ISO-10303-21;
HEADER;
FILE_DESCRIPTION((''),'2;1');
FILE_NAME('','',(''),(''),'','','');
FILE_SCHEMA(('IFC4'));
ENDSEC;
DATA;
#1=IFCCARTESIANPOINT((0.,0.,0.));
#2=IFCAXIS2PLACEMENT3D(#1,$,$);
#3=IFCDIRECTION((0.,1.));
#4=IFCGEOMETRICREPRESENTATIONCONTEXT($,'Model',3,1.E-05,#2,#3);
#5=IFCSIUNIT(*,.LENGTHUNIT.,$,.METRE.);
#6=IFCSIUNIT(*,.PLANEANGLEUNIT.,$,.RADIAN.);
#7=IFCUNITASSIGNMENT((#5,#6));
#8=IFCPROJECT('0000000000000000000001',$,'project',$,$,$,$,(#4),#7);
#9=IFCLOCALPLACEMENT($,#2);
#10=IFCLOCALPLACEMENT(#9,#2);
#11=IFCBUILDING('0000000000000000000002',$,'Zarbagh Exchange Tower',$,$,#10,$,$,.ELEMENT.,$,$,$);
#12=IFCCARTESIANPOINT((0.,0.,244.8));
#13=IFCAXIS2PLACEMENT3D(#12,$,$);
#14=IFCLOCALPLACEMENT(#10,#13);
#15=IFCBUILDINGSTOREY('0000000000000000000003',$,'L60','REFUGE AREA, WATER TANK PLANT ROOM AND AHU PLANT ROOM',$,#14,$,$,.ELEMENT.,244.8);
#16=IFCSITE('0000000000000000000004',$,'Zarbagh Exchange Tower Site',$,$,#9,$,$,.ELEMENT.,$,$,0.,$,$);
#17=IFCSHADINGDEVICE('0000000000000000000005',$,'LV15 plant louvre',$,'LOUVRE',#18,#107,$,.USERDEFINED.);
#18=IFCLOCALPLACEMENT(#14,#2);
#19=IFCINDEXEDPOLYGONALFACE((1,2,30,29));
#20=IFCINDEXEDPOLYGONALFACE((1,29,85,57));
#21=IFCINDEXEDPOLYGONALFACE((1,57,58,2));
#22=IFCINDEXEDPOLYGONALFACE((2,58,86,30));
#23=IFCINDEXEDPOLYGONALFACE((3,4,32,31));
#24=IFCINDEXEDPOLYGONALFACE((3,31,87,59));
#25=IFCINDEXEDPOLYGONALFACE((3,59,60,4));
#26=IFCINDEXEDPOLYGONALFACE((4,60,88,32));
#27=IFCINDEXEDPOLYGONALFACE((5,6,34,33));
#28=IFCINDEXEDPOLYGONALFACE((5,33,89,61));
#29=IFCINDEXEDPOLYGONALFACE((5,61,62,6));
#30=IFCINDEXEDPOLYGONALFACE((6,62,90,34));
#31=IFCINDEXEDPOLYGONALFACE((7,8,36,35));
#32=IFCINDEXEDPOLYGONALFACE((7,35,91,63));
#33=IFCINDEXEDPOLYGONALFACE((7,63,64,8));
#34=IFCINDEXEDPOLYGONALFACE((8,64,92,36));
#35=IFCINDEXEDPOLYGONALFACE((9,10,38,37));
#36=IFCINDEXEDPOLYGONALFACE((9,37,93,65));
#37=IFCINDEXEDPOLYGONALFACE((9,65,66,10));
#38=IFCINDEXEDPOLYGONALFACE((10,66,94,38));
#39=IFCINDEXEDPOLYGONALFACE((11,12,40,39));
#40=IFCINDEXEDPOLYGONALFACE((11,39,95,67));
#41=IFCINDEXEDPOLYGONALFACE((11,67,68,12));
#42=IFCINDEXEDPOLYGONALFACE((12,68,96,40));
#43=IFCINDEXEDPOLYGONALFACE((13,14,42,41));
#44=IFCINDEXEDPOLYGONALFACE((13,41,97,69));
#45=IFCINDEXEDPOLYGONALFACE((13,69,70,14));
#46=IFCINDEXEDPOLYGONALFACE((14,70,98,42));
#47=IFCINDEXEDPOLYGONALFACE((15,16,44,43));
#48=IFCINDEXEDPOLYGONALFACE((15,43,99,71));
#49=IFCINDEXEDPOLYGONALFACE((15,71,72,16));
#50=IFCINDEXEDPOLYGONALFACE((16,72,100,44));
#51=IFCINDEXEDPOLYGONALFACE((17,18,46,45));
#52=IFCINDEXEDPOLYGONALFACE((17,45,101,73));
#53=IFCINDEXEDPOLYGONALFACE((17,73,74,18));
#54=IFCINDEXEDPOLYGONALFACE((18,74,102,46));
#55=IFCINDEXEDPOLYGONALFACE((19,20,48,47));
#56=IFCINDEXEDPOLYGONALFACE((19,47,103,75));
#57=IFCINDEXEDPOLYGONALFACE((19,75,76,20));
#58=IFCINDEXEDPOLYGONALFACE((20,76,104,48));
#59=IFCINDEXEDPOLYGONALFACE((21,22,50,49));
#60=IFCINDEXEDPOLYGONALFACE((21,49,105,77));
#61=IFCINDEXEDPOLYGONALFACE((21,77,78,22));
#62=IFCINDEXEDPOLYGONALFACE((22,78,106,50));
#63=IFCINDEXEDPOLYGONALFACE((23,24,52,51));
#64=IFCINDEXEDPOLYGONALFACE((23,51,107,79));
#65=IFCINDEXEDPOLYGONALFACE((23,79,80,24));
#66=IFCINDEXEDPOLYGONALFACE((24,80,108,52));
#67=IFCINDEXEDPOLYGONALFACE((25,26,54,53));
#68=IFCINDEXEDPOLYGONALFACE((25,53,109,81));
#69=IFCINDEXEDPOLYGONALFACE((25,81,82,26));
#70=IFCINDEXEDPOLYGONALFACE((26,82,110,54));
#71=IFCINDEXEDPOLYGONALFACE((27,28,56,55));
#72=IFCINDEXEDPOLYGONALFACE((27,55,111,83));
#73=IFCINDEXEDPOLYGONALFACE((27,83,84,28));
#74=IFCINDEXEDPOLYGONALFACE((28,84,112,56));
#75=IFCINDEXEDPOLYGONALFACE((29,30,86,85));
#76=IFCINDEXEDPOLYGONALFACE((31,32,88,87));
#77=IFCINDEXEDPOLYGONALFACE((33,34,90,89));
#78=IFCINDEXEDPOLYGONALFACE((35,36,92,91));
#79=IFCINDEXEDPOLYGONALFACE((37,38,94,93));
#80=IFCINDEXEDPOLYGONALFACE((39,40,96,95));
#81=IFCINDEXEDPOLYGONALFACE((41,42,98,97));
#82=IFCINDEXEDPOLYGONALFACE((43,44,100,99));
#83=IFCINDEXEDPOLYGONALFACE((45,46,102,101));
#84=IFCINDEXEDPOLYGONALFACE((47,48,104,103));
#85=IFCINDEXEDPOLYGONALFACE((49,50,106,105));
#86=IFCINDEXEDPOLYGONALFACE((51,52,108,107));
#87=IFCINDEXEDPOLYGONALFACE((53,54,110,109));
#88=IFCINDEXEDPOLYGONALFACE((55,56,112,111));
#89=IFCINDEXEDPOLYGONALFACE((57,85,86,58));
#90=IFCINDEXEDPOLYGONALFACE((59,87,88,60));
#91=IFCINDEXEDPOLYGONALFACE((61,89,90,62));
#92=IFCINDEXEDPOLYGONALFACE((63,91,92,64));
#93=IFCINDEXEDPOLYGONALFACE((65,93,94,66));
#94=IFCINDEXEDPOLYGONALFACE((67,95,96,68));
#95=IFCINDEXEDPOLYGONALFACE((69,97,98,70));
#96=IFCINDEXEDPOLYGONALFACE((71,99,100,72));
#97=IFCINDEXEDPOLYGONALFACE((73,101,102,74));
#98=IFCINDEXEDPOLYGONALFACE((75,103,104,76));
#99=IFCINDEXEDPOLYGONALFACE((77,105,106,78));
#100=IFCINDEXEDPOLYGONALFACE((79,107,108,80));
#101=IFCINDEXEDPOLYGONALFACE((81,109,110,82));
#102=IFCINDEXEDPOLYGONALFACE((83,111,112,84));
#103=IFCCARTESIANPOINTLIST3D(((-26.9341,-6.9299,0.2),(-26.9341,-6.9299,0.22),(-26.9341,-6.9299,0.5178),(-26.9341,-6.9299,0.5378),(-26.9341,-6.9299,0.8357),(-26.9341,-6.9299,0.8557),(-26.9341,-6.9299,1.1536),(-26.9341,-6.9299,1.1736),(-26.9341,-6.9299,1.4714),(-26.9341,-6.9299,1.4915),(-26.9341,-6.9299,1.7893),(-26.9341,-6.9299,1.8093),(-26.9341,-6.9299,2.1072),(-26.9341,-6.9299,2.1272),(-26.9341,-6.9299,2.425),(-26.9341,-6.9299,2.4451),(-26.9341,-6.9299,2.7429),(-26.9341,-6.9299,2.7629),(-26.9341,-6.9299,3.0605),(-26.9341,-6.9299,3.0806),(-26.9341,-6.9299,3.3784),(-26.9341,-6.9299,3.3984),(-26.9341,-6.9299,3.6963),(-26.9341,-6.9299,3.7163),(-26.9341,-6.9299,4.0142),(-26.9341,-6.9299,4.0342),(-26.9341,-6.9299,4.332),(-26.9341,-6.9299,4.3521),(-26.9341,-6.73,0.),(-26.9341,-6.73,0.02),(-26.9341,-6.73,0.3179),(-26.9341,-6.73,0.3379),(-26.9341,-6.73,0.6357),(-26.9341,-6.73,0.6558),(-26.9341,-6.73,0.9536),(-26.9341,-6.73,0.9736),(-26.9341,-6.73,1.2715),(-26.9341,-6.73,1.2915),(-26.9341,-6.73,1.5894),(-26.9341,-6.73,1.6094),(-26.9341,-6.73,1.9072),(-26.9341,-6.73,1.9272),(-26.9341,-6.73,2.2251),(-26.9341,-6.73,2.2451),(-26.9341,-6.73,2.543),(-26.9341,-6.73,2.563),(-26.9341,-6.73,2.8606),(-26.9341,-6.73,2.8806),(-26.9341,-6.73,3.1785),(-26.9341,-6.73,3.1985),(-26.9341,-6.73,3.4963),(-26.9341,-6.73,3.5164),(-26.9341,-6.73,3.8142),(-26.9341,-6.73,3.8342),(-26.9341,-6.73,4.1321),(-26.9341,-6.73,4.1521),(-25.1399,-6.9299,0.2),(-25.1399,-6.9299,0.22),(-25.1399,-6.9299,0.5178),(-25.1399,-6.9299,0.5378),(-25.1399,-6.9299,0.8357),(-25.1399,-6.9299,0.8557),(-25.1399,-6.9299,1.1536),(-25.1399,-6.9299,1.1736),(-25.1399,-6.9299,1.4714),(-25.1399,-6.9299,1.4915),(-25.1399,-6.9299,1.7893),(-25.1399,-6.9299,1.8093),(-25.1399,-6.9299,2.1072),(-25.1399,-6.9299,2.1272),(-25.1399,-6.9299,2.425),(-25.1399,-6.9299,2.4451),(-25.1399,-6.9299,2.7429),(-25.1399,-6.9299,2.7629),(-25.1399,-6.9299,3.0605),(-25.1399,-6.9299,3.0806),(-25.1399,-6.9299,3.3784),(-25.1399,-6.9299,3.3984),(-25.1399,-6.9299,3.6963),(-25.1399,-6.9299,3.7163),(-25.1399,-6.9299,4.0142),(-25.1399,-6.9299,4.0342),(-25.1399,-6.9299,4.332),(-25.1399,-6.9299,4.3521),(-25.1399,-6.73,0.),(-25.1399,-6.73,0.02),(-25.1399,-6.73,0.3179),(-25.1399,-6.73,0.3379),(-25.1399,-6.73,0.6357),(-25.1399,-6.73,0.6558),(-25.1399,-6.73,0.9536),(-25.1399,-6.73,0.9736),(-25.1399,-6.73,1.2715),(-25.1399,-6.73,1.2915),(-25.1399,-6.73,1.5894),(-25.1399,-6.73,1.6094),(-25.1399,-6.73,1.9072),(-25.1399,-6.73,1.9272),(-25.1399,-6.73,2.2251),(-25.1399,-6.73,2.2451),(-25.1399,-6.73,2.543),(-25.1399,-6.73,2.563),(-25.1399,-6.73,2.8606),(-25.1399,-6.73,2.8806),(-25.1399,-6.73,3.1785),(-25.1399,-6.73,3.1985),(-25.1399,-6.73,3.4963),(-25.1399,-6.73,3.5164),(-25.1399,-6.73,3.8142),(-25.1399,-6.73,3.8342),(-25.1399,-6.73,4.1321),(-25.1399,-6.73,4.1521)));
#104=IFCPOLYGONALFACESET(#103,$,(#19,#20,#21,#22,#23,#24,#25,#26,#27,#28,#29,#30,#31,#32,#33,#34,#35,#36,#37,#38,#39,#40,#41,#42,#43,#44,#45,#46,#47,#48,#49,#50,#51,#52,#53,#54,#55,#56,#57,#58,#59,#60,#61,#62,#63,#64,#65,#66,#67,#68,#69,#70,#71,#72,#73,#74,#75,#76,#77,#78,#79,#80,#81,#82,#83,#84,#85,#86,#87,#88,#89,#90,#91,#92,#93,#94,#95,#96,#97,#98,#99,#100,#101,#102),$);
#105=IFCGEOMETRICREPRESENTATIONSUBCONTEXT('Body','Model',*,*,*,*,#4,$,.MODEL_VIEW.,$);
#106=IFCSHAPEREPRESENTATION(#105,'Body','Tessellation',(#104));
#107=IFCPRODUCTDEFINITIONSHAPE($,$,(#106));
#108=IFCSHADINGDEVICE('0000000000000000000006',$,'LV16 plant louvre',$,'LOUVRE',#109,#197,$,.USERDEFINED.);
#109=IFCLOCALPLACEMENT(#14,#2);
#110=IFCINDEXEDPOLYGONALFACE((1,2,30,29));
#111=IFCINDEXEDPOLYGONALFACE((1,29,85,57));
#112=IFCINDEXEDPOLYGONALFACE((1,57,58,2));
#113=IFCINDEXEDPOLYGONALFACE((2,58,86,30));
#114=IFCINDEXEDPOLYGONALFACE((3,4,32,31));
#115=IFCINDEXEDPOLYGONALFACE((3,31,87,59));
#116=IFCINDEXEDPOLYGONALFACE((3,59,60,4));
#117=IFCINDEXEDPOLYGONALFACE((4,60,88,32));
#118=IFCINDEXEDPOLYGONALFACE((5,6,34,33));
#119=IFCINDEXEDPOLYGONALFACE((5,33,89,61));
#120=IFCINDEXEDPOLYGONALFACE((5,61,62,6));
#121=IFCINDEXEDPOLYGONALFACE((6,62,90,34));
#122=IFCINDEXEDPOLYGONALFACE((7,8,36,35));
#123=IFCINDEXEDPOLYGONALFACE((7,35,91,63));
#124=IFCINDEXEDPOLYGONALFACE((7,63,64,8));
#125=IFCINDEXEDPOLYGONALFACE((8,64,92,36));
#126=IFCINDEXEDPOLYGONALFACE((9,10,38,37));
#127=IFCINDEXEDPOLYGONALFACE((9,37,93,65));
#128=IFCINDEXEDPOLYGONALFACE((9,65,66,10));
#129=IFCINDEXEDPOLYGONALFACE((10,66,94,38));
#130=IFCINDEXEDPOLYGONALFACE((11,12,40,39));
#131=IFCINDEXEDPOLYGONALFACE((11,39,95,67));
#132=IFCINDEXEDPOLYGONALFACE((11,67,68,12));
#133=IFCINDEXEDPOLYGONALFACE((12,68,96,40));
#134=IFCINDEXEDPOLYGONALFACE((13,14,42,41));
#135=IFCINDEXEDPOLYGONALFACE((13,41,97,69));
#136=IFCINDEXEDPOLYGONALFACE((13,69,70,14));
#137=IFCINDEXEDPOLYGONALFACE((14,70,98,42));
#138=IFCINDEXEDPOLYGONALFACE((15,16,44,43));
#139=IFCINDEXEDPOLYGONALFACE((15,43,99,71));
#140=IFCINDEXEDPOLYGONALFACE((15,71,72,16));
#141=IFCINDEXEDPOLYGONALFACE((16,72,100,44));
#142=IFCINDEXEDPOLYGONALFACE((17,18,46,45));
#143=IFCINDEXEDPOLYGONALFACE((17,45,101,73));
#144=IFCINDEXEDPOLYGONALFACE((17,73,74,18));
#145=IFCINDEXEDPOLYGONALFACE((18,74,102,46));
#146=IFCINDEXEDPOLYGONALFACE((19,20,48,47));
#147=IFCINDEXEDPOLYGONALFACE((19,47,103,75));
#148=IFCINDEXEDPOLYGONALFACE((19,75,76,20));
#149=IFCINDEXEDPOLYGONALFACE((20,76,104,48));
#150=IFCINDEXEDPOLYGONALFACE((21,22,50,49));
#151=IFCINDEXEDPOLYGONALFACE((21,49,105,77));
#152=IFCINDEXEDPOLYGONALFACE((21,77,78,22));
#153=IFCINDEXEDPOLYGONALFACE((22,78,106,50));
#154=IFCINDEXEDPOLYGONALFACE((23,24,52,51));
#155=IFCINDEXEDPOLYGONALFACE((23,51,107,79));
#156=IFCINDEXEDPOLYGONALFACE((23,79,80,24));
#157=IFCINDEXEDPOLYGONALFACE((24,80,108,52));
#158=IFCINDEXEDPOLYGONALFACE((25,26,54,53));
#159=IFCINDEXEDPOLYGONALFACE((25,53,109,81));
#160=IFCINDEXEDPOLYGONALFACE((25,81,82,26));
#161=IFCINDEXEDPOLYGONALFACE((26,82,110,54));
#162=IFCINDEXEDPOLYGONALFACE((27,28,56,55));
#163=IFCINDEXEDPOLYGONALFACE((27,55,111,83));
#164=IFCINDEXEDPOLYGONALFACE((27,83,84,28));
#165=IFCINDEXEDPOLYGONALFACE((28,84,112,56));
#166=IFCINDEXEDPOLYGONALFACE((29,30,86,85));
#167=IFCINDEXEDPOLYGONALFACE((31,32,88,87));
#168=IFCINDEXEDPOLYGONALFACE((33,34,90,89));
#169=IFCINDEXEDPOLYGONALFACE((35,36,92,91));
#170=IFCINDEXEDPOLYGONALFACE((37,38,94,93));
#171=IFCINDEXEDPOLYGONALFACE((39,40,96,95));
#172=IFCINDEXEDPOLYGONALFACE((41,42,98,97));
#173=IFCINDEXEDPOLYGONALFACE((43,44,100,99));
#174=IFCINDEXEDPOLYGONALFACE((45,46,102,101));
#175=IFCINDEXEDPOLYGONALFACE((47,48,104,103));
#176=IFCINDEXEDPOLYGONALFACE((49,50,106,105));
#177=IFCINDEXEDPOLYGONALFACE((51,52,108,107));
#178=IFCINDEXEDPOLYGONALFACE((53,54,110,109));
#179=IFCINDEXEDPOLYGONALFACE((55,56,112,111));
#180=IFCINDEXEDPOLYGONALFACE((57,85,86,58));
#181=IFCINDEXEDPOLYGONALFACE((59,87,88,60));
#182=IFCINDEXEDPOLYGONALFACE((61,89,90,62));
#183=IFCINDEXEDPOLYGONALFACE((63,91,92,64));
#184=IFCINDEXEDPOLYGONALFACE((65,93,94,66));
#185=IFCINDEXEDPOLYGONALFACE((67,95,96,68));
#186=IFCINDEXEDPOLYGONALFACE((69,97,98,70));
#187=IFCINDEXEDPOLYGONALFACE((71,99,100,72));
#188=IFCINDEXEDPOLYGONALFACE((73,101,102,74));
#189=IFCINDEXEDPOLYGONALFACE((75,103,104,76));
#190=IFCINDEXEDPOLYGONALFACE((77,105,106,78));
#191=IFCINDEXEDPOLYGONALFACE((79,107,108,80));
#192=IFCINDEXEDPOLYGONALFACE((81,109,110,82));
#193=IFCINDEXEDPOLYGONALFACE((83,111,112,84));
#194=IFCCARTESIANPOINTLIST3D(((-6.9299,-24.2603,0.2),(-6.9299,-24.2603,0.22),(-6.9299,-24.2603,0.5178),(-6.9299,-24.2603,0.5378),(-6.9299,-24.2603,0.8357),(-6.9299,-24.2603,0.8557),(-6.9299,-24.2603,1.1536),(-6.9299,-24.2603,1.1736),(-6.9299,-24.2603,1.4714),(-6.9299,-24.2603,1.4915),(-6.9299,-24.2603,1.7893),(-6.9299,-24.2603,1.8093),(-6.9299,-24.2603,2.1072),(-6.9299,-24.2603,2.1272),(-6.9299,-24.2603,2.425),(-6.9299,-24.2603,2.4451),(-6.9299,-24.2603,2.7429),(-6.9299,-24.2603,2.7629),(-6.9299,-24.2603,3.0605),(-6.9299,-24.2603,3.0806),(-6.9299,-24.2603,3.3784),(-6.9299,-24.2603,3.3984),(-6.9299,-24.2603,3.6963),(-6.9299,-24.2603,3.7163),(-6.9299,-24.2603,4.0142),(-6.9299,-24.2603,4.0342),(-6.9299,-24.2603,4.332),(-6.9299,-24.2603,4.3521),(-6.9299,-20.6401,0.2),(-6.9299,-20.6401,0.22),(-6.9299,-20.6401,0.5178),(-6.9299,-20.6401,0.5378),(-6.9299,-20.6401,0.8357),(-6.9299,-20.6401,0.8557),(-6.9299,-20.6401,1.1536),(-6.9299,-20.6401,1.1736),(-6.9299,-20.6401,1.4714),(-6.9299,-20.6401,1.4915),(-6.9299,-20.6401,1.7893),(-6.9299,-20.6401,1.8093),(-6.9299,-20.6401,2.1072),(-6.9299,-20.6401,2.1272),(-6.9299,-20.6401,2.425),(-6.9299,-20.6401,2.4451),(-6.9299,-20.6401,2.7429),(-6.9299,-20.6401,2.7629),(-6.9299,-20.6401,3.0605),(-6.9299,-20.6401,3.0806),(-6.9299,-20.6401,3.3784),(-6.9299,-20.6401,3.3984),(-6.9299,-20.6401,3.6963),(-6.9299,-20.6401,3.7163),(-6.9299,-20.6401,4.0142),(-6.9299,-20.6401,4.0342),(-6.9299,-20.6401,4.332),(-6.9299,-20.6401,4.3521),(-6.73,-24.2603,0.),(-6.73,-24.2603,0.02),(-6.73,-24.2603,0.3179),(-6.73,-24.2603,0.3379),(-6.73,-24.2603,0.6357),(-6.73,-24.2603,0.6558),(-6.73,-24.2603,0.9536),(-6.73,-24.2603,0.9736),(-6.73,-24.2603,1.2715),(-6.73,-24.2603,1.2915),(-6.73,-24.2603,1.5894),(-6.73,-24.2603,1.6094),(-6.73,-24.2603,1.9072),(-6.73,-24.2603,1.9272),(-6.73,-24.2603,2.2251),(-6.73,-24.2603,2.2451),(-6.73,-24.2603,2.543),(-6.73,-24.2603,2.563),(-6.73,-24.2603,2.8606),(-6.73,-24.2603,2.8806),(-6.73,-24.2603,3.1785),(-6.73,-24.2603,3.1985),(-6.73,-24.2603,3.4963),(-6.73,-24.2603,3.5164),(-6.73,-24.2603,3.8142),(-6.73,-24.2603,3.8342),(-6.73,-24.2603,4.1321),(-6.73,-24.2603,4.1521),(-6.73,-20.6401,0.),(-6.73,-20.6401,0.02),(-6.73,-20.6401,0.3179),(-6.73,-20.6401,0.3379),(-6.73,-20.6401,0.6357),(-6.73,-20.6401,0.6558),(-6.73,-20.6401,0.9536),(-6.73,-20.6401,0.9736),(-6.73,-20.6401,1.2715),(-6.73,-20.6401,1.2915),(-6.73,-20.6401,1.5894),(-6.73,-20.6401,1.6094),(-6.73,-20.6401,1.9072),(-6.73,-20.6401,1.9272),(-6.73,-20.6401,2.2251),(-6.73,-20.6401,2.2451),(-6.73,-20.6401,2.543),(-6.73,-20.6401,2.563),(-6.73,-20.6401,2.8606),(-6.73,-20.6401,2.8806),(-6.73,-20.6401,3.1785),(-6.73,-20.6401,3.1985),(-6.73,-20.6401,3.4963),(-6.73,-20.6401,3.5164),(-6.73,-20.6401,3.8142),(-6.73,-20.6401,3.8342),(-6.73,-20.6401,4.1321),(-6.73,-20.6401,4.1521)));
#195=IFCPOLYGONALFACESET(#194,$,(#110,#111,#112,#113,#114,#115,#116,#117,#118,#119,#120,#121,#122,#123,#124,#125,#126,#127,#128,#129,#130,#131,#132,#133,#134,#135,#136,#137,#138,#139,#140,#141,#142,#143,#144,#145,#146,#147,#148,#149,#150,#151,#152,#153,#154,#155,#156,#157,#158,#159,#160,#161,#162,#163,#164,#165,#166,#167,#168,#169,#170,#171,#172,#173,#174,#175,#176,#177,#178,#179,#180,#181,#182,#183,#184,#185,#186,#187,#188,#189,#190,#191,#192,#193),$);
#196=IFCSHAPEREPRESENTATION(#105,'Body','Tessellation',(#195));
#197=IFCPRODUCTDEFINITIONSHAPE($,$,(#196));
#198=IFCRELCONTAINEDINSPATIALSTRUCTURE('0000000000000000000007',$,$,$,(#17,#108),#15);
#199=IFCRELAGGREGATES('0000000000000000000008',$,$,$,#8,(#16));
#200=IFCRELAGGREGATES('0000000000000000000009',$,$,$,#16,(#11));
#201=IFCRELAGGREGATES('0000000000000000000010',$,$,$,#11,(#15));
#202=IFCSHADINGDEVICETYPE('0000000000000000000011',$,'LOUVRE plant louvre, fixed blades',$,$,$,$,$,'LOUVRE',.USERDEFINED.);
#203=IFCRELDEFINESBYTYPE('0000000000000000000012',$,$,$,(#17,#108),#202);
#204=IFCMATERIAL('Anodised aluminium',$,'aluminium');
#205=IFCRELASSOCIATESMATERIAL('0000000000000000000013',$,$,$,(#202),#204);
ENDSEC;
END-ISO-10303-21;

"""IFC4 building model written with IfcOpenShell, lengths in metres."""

from ifc_helpers import new_model, si_unit, direction, frame, origin, place, context, subcontext, project, spatial, polyline, outline, extrude, source, transform, mapped, material, type_object, element, save


model = new_model("IFC4")

# Units and contexts
model_context = context("Model", 3, precision=1e-05, world=origin(), true_north=direction((0.0, 1.0)))
body_context = subcontext(model_context, "Body", "Model", "MODEL_VIEW")
ifc_project = project(units=[si_unit("LENGTHUNIT", "METRE"), si_unit("PLANEANGLEUNIT", "RADIAN")], contexts=[model_context])

# Site, building, storey
site_placement = place(None, origin())
site = spatial("IfcSite", under=ifc_project, at=site_placement, Name="Zarbagh Exchange Tower Site", CompositionType="ELEMENT", RefElevation=0.0)
building_placement = place(site_placement, origin())
building = spatial("IfcBuilding", under=site, at=building_placement, Name="Zarbagh Exchange Tower", CompositionType="ELEMENT")
storey_placement = place(building_placement, frame((0.0, 0.0, 244.8)))
storey = spatial("IfcBuildingStorey", under=building, at=storey_placement, Name="L60", Description="REFUGE AREA, WATER TANK PLANT ROOM AND AHU PLANT ROOM", CompositionType="ELEMENT", Elevation=244.8)

# Shared definitions
placement = place(storey_placement, origin())

# Shading device
ifc_material_1 = material(Name="Anodised aluminium", Category="aluminium")
shading_device_type = type_object("IfcShadingDeviceType", Name="LOUVRE plant louvre, fixed blades", ElementType="LOUVRE", PredefinedType="USERDEFINED", material=ifc_material_1)
shared_shape_1 = source(origin(), body_context, "Body", "SweptSolid", [
    extrude(outline(polyline([(0.0, 0.2), (0.2, 0.0), (0.2, -0.02), (0.0, 0.1799), (0.0, 0.2)])), origin(), (0.0, 0.0, 1.0), 1.7942),
])
element("IfcShadingDevice", 1, at=placement, inside=storey, type_object=shading_device_type, Name="LV15 plant louvre", ObjectType="LOUVRE", PredefinedType="USERDEFINED", context=body_context, shape_type="MappedRepresentation", body=[
    mapped(shared_shape_1, transform((-26.9341, -6.73, 0.2), x_axis=(0.0, -1.0, 0.0), y_axis=(0.0, 0.0, -1.0), z_axis=(1.0, 0.0, 0.0))),
    mapped(shared_shape_1, transform((-26.9341, -6.73, 0.5178), x_axis=(0.0, -1.0, 0.0), y_axis=(0.0, 0.0, -1.0), z_axis=(1.0, 0.0, 0.0))),
    mapped(shared_shape_1, transform((-26.9341, -6.73, 0.8357), x_axis=(0.0, -1.0, 0.0), y_axis=(0.0, 0.0, -1.0), z_axis=(1.0, 0.0, 0.0))),
    mapped(shared_shape_1, transform((-26.9341, -6.73, 1.1536), x_axis=(0.0, -1.0, 0.0), y_axis=(0.0, 0.0, -1.0), z_axis=(1.0, 0.0, 0.0))),
    mapped(shared_shape_1, transform((-26.9341, -6.73, 1.4714), x_axis=(0.0, -1.0, 0.0), y_axis=(0.0, 0.0, -1.0), z_axis=(1.0, 0.0, 0.0))),
    mapped(shared_shape_1, transform((-26.9341, -6.73, 1.7893), x_axis=(0.0, -1.0, 0.0), y_axis=(0.0, 0.0, -1.0), z_axis=(1.0, 0.0, 0.0))),
    mapped(shared_shape_1, transform((-26.9341, -6.73, 2.1072), x_axis=(0.0, -1.0, 0.0), y_axis=(0.0, 0.0, -1.0), z_axis=(1.0, 0.0, 0.0))),
    mapped(shared_shape_1, transform((-26.9341, -6.73, 2.425), x_axis=(0.0, -1.0, 0.0), y_axis=(0.0, 0.0, -1.0), z_axis=(1.0, 0.0, 0.0))),
    mapped(shared_shape_1, transform((-26.9341, -6.73, 2.7429), x_axis=(0.0, -1.0, 0.0), y_axis=(0.0, 0.0, -1.0), z_axis=(1.0, 0.0, 0.0))),
    mapped(shared_shape_1, transform((-26.9341, -6.73, 3.0605), x_axis=(0.0, -1.0, 0.0), y_axis=(0.0, 0.0, -1.0), z_axis=(1.0, 0.0, 0.0))),
    mapped(shared_shape_1, transform((-26.9341, -6.73, 3.3784), x_axis=(0.0, -1.0, 0.0), y_axis=(0.0, 0.0, -1.0), z_axis=(1.0, 0.0, 0.0))),
    mapped(shared_shape_1, transform((-26.9341, -6.73, 3.6963), x_axis=(0.0, -1.0, 0.0), y_axis=(0.0, 0.0, -1.0), z_axis=(1.0, 0.0, 0.0))),
    mapped(shared_shape_1, transform((-26.9341, -6.73, 4.0142), x_axis=(0.0, -1.0, 0.0), y_axis=(0.0, 0.0, -1.0), z_axis=(1.0, 0.0, 0.0))),
    mapped(shared_shape_1, transform((-26.9341, -6.73, 4.332), x_axis=(0.0, -1.0, 0.0), y_axis=(0.0, 0.0, -1.0), z_axis=(1.0, 0.0, 0.0))),
])

# Shading device
shared_shape_2 = source(origin(), body_context, "Body", "SweptSolid", [
    extrude(outline(polyline([(0.0, 0.2), (0.2, 0.0), (0.2, -0.02), (0.0, 0.1799), (0.0, 0.2)])), origin(), (0.0, 0.0, 1.0), 3.6201),
])
element("IfcShadingDevice", 2, at=placement, inside=storey, type_object=shading_device_type, Name="LV16 plant louvre", ObjectType="LOUVRE", PredefinedType="USERDEFINED", context=body_context, shape_type="MappedRepresentation", body=[
    mapped(shared_shape_2, transform((-6.73, -20.6401, 0.2), x_axis=(-1.0, 0.0, 0.0), y_axis=(0.0, 0.0, -1.0), z_axis=(0.0, -1.0, 0.0))),
    mapped(shared_shape_2, transform((-6.73, -20.6401, 0.5178), x_axis=(-1.0, 0.0, 0.0), y_axis=(0.0, 0.0, -1.0), z_axis=(0.0, -1.0, 0.0))),
    mapped(shared_shape_2, transform((-6.73, -20.6401, 0.8357), x_axis=(-1.0, 0.0, 0.0), y_axis=(0.0, 0.0, -1.0), z_axis=(0.0, -1.0, 0.0))),
    mapped(shared_shape_2, transform((-6.73, -20.6401, 1.1536), x_axis=(-1.0, 0.0, 0.0), y_axis=(0.0, 0.0, -1.0), z_axis=(0.0, -1.0, 0.0))),
    mapped(shared_shape_2, transform((-6.73, -20.6401, 1.4714), x_axis=(-1.0, 0.0, 0.0), y_axis=(0.0, 0.0, -1.0), z_axis=(0.0, -1.0, 0.0))),
    mapped(shared_shape_2, transform((-6.73, -20.6401, 1.7893), x_axis=(-1.0, 0.0, 0.0), y_axis=(0.0, 0.0, -1.0), z_axis=(0.0, -1.0, 0.0))),
    mapped(shared_shape_2, transform((-6.73, -20.6401, 2.1072), x_axis=(-1.0, 0.0, 0.0), y_axis=(0.0, 0.0, -1.0), z_axis=(0.0, -1.0, 0.0))),
    mapped(shared_shape_2, transform((-6.73, -20.6401, 2.425), x_axis=(-1.0, 0.0, 0.0), y_axis=(0.0, 0.0, -1.0), z_axis=(0.0, -1.0, 0.0))),
    mapped(shared_shape_2, transform((-6.73, -20.6401, 2.7429), x_axis=(-1.0, 0.0, 0.0), y_axis=(0.0, 0.0, -1.0), z_axis=(0.0, -1.0, 0.0))),
    mapped(shared_shape_2, transform((-6.73, -20.6401, 3.0605), x_axis=(-1.0, 0.0, 0.0), y_axis=(0.0, 0.0, -1.0), z_axis=(0.0, -1.0, 0.0))),
    mapped(shared_shape_2, transform((-6.73, -20.6401, 3.3784), x_axis=(-1.0, 0.0, 0.0), y_axis=(0.0, 0.0, -1.0), z_axis=(0.0, -1.0, 0.0))),
    mapped(shared_shape_2, transform((-6.73, -20.6401, 3.6963), x_axis=(-1.0, 0.0, 0.0), y_axis=(0.0, 0.0, -1.0), z_axis=(0.0, -1.0, 0.0))),
    mapped(shared_shape_2, transform((-6.73, -20.6401, 4.0142), x_axis=(-1.0, 0.0, 0.0), y_axis=(0.0, 0.0, -1.0), z_axis=(0.0, -1.0, 0.0))),
    mapped(shared_shape_2, transform((-6.73, -20.6401, 4.332), x_axis=(-1.0, 0.0, 0.0), y_axis=(0.0, 0.0, -1.0), z_axis=(0.0, -1.0, 0.0))),
])

save(model, "model.ifc")
